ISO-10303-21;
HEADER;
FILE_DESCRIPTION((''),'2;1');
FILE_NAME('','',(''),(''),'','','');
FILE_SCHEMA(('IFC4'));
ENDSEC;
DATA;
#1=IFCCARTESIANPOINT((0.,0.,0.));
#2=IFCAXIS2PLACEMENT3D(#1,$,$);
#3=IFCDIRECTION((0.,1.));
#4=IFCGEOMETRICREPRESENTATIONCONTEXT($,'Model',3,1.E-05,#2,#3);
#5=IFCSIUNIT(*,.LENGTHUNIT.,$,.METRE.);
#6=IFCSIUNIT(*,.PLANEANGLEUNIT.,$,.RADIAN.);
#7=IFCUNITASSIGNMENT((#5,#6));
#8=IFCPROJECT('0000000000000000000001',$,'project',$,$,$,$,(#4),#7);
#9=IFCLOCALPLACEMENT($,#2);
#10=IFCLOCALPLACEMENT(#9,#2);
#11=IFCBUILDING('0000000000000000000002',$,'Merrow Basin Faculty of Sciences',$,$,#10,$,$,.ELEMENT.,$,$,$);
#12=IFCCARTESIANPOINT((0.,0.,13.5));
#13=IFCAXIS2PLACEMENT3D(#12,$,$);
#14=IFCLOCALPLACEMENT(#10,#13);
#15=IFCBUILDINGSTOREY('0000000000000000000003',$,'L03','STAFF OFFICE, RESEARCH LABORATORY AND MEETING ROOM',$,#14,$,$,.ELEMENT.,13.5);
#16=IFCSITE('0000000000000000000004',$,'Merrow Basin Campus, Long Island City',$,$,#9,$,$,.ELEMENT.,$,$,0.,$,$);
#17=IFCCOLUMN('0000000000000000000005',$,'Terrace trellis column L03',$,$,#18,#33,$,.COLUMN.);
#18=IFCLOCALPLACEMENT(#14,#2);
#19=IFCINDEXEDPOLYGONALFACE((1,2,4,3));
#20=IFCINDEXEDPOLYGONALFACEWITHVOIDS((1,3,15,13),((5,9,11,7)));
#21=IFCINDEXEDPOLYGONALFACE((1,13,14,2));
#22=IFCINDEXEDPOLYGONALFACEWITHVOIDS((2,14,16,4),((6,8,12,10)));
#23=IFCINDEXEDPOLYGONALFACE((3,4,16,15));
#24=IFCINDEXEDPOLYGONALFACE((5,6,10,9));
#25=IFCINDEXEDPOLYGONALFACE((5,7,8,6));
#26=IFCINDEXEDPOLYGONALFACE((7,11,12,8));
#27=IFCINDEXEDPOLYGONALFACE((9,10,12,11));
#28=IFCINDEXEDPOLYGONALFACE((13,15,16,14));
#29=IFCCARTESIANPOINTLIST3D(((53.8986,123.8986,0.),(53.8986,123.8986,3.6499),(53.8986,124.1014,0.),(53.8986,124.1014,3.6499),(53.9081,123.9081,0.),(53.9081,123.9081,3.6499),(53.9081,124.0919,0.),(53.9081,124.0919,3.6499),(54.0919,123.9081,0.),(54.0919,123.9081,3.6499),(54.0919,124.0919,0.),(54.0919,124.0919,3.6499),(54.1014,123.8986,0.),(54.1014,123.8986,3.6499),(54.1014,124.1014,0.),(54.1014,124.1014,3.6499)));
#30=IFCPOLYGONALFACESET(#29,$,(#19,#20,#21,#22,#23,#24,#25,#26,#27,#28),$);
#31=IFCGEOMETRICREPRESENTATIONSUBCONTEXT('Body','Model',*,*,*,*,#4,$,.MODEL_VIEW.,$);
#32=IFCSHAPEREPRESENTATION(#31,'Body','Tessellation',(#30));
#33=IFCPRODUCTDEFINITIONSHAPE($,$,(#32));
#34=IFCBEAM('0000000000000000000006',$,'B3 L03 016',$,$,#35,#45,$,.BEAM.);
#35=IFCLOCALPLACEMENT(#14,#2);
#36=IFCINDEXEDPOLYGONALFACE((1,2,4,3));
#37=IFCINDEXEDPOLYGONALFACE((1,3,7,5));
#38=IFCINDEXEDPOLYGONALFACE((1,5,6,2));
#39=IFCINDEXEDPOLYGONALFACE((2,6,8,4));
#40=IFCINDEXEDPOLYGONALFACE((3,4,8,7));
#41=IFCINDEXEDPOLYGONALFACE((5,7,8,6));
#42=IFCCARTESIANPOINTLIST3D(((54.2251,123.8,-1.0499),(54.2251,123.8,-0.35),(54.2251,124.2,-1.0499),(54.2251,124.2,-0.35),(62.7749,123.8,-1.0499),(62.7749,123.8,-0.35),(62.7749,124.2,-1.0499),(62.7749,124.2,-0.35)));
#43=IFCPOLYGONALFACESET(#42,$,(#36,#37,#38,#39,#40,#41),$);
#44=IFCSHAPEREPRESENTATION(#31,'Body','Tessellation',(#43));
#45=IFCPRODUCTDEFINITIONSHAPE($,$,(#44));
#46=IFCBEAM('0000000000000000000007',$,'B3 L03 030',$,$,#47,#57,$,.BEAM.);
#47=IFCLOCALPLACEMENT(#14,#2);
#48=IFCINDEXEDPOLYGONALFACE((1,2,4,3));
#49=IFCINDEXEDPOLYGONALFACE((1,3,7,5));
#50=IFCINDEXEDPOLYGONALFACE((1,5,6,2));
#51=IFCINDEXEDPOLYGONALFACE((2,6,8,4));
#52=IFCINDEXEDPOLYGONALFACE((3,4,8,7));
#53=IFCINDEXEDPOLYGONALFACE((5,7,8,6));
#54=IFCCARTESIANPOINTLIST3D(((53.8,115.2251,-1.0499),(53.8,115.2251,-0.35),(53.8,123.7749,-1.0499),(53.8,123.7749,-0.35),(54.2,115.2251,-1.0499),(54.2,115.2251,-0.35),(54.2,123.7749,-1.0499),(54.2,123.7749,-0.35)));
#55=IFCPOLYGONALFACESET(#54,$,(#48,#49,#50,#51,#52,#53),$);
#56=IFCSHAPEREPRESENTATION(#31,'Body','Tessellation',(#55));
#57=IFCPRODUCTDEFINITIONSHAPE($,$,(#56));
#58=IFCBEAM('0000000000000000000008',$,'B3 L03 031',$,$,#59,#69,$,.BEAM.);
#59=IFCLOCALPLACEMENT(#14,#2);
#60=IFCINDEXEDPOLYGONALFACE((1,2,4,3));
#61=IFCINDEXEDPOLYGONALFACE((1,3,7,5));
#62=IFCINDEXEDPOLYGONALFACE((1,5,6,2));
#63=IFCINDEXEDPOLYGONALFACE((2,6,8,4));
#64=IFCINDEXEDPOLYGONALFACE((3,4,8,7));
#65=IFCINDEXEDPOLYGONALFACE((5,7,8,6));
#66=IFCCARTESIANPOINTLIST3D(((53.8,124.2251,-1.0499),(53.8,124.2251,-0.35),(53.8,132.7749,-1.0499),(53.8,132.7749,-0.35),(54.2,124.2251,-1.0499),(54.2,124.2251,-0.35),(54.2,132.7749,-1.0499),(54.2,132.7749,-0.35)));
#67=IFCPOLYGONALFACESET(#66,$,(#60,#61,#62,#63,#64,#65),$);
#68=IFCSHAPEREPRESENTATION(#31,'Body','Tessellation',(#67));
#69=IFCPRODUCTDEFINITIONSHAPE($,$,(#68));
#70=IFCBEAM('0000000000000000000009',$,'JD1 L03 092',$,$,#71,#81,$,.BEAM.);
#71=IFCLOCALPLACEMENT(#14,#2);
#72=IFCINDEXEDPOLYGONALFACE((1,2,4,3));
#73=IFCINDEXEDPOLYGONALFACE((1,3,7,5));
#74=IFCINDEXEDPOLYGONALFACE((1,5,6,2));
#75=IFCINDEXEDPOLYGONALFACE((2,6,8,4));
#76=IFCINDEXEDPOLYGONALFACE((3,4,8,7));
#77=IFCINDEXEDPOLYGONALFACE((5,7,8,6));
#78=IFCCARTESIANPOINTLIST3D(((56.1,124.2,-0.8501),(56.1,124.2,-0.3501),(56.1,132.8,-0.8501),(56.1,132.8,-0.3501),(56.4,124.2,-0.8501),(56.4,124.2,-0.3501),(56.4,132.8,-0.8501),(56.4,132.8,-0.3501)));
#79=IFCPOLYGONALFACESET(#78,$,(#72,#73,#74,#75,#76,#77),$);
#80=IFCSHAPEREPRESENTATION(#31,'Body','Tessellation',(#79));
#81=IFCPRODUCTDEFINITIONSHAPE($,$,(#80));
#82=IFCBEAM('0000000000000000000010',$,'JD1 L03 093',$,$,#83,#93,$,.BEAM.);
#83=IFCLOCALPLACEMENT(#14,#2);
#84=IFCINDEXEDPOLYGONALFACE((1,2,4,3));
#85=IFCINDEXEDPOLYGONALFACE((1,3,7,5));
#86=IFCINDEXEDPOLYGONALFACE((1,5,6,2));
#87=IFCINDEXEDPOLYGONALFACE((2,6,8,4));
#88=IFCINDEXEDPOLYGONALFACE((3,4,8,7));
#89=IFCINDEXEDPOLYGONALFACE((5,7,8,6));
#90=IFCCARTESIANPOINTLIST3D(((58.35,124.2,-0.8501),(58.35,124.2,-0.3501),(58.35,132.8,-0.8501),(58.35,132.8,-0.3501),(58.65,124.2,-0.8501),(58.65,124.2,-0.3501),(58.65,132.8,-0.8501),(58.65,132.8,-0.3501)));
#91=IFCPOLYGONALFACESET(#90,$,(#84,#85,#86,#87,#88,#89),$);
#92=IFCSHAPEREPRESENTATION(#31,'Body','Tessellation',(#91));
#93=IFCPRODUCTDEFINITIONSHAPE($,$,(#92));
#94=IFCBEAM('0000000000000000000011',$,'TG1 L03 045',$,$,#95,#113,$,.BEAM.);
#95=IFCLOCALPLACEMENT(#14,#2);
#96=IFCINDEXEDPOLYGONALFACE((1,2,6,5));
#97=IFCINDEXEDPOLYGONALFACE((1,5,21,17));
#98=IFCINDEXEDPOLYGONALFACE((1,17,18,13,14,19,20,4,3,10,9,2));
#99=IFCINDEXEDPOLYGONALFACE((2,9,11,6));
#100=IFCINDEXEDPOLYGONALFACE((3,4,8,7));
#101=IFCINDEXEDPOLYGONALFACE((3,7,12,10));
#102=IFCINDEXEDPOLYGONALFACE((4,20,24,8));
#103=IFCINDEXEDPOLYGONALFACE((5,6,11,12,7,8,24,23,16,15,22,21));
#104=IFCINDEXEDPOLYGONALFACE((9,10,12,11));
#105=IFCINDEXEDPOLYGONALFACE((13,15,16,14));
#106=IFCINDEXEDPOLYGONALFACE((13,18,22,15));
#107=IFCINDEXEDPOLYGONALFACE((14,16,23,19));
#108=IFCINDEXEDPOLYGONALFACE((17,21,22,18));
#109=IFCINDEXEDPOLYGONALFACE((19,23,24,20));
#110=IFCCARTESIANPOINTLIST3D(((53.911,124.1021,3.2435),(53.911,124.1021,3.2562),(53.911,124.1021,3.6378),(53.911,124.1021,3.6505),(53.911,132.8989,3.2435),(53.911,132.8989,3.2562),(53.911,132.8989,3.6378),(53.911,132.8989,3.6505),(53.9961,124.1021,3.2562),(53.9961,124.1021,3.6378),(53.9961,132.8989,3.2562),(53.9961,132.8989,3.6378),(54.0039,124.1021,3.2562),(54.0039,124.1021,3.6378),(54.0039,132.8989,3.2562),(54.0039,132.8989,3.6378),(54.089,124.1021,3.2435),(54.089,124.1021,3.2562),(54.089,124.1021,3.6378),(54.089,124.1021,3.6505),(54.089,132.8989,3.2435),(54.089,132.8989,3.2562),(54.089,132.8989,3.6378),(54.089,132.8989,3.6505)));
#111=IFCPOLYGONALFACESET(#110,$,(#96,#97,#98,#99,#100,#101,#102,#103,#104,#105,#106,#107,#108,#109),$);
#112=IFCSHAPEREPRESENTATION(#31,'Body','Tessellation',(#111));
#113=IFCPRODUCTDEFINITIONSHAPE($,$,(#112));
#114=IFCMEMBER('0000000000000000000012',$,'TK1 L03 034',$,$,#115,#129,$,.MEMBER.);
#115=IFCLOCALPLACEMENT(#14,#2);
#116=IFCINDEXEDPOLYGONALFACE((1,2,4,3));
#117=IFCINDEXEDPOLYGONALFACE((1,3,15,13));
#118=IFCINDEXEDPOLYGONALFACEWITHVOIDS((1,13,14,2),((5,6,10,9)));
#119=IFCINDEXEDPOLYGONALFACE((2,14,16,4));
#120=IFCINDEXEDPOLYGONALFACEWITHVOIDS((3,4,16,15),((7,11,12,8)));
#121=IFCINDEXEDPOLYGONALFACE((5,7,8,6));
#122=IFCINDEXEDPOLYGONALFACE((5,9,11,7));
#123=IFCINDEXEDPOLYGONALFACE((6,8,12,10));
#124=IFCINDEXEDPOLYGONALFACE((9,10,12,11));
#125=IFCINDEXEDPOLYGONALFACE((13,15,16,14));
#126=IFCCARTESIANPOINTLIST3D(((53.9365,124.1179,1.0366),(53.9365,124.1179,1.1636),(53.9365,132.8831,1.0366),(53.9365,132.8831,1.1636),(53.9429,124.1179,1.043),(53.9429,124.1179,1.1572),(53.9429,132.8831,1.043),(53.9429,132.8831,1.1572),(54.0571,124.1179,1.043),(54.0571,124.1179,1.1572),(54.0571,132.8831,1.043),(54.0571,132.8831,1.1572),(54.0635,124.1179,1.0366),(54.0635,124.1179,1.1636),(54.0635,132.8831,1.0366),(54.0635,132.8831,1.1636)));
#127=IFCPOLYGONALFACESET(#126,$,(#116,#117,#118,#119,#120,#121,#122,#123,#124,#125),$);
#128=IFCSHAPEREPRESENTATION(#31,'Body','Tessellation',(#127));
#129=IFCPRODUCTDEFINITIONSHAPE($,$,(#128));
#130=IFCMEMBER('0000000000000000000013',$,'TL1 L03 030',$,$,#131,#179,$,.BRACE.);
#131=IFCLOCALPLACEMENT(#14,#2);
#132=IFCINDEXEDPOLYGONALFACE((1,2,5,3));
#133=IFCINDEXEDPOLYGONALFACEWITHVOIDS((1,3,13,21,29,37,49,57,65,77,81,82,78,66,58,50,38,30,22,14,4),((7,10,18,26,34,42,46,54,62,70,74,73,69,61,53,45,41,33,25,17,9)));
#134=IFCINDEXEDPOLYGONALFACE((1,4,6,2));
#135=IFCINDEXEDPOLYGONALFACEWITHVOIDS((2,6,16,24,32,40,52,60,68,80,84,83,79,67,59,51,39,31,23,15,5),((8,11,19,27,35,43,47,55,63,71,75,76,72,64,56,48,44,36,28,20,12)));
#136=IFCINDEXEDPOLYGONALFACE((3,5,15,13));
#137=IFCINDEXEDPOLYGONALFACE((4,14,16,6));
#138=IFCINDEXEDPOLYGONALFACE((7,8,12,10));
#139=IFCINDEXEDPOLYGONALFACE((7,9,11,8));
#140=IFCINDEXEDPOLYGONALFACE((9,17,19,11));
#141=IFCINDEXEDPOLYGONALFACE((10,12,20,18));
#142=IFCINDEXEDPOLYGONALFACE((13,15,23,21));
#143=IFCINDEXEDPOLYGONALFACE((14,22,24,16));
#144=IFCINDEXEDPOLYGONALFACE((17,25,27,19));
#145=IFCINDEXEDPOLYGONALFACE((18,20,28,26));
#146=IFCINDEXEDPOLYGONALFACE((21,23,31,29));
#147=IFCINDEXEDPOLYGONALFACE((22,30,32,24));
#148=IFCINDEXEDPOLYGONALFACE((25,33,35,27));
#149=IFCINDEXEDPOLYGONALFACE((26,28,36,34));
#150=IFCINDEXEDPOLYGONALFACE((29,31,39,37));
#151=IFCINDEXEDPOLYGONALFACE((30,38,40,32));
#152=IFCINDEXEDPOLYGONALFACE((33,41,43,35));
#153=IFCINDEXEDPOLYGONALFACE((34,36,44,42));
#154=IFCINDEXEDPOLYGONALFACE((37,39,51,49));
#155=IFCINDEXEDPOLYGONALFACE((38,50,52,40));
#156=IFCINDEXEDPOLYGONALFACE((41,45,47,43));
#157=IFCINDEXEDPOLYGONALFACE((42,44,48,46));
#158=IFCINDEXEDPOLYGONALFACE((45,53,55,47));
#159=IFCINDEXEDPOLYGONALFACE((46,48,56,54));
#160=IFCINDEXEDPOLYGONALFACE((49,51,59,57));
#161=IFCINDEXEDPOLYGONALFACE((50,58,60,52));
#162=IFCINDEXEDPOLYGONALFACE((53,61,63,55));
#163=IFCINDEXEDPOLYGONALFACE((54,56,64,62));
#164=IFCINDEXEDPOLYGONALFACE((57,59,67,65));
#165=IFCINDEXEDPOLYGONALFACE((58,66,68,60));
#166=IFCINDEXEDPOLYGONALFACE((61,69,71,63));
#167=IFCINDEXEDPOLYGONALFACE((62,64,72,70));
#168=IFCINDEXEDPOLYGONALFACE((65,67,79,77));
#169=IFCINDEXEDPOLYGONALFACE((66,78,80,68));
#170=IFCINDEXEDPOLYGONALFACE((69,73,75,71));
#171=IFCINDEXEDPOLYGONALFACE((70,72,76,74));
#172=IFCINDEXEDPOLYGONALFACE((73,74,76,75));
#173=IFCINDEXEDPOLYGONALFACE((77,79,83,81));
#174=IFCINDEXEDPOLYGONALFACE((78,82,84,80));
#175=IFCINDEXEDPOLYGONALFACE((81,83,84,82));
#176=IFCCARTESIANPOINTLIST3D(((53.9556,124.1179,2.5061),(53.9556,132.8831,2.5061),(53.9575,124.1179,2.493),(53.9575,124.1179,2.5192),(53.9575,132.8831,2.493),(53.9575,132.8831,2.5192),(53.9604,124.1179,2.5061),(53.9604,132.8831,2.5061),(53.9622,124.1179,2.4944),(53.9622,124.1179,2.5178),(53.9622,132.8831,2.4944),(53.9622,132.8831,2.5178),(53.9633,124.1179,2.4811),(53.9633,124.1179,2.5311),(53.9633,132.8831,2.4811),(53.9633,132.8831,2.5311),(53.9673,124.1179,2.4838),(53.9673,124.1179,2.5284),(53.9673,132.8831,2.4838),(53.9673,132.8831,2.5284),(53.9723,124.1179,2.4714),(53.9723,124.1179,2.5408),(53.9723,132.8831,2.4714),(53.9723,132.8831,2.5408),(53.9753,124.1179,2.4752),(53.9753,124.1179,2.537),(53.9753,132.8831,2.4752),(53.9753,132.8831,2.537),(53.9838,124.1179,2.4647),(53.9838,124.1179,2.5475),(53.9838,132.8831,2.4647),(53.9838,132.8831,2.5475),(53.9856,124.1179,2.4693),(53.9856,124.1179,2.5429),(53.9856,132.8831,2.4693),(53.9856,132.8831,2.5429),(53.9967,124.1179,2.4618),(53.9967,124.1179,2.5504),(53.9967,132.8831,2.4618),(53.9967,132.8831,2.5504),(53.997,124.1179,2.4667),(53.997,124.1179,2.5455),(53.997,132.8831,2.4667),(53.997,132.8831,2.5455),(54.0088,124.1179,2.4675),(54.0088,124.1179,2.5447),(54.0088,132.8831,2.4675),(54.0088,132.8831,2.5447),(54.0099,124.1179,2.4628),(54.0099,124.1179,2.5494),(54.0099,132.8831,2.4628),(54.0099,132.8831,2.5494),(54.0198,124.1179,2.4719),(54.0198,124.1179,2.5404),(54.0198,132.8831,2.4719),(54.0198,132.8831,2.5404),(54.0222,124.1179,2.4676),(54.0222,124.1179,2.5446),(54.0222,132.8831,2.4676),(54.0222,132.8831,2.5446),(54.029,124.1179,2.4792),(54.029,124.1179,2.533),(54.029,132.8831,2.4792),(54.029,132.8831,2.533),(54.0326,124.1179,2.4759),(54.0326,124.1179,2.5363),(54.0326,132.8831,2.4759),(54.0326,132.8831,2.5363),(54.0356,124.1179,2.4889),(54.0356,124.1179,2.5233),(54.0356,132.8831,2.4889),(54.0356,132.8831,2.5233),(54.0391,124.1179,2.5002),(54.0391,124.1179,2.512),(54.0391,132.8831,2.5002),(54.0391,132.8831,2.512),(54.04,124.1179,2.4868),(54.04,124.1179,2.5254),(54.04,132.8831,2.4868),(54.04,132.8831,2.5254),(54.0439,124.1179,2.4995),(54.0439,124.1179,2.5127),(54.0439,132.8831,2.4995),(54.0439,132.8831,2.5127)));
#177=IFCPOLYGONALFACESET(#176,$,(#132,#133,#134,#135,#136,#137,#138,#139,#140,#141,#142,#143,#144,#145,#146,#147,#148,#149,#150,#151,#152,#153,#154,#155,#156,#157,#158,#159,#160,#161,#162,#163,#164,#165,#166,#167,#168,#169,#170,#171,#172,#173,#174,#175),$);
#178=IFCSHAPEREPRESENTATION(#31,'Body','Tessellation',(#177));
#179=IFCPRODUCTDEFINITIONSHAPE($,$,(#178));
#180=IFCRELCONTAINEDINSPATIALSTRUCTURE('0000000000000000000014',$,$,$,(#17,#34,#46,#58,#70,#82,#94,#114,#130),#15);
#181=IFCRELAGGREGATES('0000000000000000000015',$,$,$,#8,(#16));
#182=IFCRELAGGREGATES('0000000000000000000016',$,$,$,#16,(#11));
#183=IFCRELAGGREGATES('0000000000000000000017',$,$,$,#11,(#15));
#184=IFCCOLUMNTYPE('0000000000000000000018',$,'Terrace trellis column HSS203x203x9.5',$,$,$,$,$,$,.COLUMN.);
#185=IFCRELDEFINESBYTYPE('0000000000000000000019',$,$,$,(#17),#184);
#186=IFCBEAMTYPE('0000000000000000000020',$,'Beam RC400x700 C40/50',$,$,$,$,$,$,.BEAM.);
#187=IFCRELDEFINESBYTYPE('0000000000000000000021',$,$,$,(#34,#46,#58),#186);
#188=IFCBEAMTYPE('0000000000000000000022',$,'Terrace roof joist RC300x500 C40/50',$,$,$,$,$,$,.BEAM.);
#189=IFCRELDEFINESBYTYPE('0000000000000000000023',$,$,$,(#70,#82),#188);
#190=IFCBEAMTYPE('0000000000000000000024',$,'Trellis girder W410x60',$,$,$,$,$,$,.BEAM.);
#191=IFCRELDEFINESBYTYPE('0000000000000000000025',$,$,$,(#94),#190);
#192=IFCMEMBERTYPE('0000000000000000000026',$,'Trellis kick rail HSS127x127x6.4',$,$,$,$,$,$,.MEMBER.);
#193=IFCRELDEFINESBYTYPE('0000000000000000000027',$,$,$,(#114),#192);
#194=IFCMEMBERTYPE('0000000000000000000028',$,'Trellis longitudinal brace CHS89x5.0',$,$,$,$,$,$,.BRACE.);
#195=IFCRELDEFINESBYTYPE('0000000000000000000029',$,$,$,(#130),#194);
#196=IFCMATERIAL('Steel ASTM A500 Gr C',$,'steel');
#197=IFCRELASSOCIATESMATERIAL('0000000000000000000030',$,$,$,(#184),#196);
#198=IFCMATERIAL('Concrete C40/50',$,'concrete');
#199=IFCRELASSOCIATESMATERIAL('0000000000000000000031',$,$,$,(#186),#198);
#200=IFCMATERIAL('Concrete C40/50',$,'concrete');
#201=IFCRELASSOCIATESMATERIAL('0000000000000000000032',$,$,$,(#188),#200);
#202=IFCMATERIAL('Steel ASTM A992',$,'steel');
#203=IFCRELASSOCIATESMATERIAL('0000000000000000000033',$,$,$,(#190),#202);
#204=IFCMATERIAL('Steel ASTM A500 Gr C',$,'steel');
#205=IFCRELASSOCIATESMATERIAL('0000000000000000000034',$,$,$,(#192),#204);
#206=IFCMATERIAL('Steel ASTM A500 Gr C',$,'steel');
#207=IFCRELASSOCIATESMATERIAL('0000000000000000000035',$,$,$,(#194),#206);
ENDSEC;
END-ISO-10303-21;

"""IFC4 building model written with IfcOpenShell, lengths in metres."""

from ifc_helpers import new_model, si_unit, direction, frame, origin, origin_2d, place, context, subcontext, project, spatial, rectangle, hollow_rectangle, hollow_circle, i_section, extrude, material, material_profile, profile_set, type_object, element, save


model = new_model("IFC4")

# Units and contexts
model_context = context("Model", 3, precision=1e-05, world=origin(), true_north=direction((0.0, 1.0)))
body_context = subcontext(model_context, "Body", "Model", "MODEL_VIEW")
ifc_project = project(units=[si_unit("LENGTHUNIT", "METRE"), si_unit("PLANEANGLEUNIT", "RADIAN")], contexts=[model_context])

# Site, building, storey
site_placement = place(None, origin())
site = spatial("IfcSite", under=ifc_project, at=site_placement, Name="Merrow Basin Campus, Long Island City", CompositionType="ELEMENT", RefElevation=0.0)
building_placement = place(site_placement, origin())
building = spatial("IfcBuilding", under=site, at=building_placement, Name="Merrow Basin Faculty of Sciences", CompositionType="ELEMENT")
storey_placement = place(building_placement, frame((0.0, 0.0, 13.5)))
storey = spatial("IfcBuildingStorey", under=building, at=storey_placement, Name="L03", Description="STAFF OFFICE, RESEARCH LABORATORY AND MEETING ROOM", CompositionType="ELEMENT", Elevation=13.5)

# Column
ifc_material_1 = material(Name="Steel ASTM A500 Gr C", Category="steel")
ifc_material_profile_1 = material_profile(ifc_material_1, hollow_rectangle(XDim=0.2029, YDim=0.2029, WallThickness=0.0095, at=origin_2d()))
ifc_profile_set_1 = profile_set([ifc_material_profile_1], Name="Steel ASTM A500 Gr C")
column_type = type_object("IfcColumnType", Name="Terrace trellis column HSS203x203x9.5", PredefinedType="COLUMN", material=ifc_profile_set_1)
column_placement = place(storey_placement, frame((54.0, 124.0, 0.0), z_axis=(0.0, 0.0, 1.0), x_axis=(1.0, 0.0, 0.0)))
element("IfcColumn", 1, at=column_placement, inside=storey, type_object=column_type, Name="Terrace trellis column L03", PredefinedType="COLUMN", context=body_context, shape_type="SweptSolid", body=[
    extrude(hollow_rectangle(XDim=0.2029, YDim=0.2029, WallThickness=0.0095, at=origin_2d()), origin(), (0.0, 0.0, 1.0), 3.6499),
])

# Beams
ifc_material_2 = material(Name="Concrete C40/50", Category="concrete")
ifc_material_profile_2 = material_profile(ifc_material_2, rectangle(XDim=0.3999, YDim=0.7, at=origin_2d()))
ifc_profile_set_2 = profile_set([ifc_material_profile_2], Name="Concrete C40/50")
beam_type_1 = type_object("IfcBeamType", Name="Beam RC400x700 C40/50", PredefinedType="BEAM", material=ifc_profile_set_2)
for number, where, z_axis, x_axis, name in (
    (2, (54.2251, 124.0, -0.7), (1.0, 0.0, 0.0), (0.0, 1.0, 0.0), "B3 L03 016"),
    (3, (54.0, 115.2251, -0.7), (0.0, 1.0, 0.0), (-1.0, 0.0, 0.0), "B3 L03 030"),
    (4, (54.0, 124.2251, -0.7), (0.0, 1.0, 0.0), (-1.0, 0.0, 0.0), "B3 L03 031"),
):
    element("IfcBeam", number, at=place(storey_placement, frame(where, z_axis=z_axis, x_axis=x_axis)), inside=storey, type_object=beam_type_1, Name=name, PredefinedType="BEAM", context=body_context, shape_type="SweptSolid", body=[
        extrude(rectangle(XDim=0.3999, YDim=0.7, at=origin_2d()), origin(), (0.0, 0.0, 1.0), 8.5498),
    ])
ifc_material_3 = material(Name="Concrete C40/50", Category="concrete")
ifc_material_profile_3 = material_profile(ifc_material_3, rectangle(XDim=0.3, YDim=0.5, at=origin_2d()))
ifc_profile_set_3 = profile_set([ifc_material_profile_3], Name="Concrete C40/50")
beam_type_2 = type_object("IfcBeamType", Name="Terrace roof joist RC300x500 C40/50", PredefinedType="BEAM", material=ifc_profile_set_3)
for number, where, z_axis, x_axis, name in (
    (5, (56.25, 124.2, -0.6001), (0.0, 1.0, 0.0), (-1.0, 0.0, 0.0), "JD1 L03 092"),
    (6, (58.5, 124.2, -0.6001), (0.0, 1.0, 0.0), (-1.0, 0.0, 0.0), "JD1 L03 093"),
):
    element("IfcBeam", number, at=place(storey_placement, frame(where, z_axis=z_axis, x_axis=x_axis)), inside=storey, type_object=beam_type_2, Name=name, PredefinedType="BEAM", context=body_context, shape_type="SweptSolid", body=[
        extrude(rectangle(XDim=0.3, YDim=0.5, at=origin_2d()), origin(), (0.0, 0.0, 1.0), 8.6001),
    ])
ifc_material_4 = material(Name="Steel ASTM A992", Category="steel")
ifc_material_profile_4 = material_profile(ifc_material_4, i_section(OverallWidth=0.178, OverallDepth=0.407, WebThickness=0.0078, FlangeThickness=0.0127, at=origin_2d()))
ifc_profile_set_4 = profile_set([ifc_material_profile_4], Name="Steel ASTM A992")
beam_type_3 = type_object("IfcBeamType", Name="Trellis girder W410x60", PredefinedType="BEAM", material=ifc_profile_set_4)
beam_placement = place(storey_placement, frame((54.0, 124.1021, 3.447), z_axis=(0.0, 1.0, 0.0), x_axis=(-1.0, 0.0, 0.0)))
element("IfcBeam", 7, at=beam_placement, inside=storey, type_object=beam_type_3, Name="TG1 L03 045", PredefinedType="BEAM", context=body_context, shape_type="SweptSolid", body=[
    extrude(i_section(OverallWidth=0.178, OverallDepth=0.407, WebThickness=0.0078, FlangeThickness=0.0127, at=origin_2d()), origin(), (0.0, 0.0, 1.0), 8.7969),
])

# Members
ifc_material_5 = material(Name="Steel ASTM A500 Gr C", Category="steel")
ifc_material_profile_5 = material_profile(ifc_material_5, hollow_rectangle(XDim=0.127, YDim=0.127, WallThickness=0.0063, at=origin_2d()))
ifc_profile_set_5 = profile_set([ifc_material_profile_5], Name="Steel ASTM A500 Gr C")
member_type_1 = type_object("IfcMemberType", Name="Trellis kick rail HSS127x127x6.4", PredefinedType="MEMBER", material=ifc_profile_set_5)
member_1_placement = place(storey_placement, frame((54.0, 124.1179, 1.1001), z_axis=(0.0, 1.0, 0.0), x_axis=(-1.0, 0.0, 0.0)))
element("IfcMember", 8, at=member_1_placement, inside=storey, type_object=member_type_1, Name="TK1 L03 034", PredefinedType="MEMBER", context=body_context, shape_type="SweptSolid", body=[
    extrude(hollow_rectangle(XDim=0.127, YDim=0.127, WallThickness=0.0063, at=origin_2d()), origin(), (0.0, 0.0, 1.0), 8.7651),
])
ifc_material_6 = material(Name="Steel ASTM A500 Gr C", Category="steel")
ifc_material_profile_6 = material_profile(ifc_material_6, hollow_circle(Radius=0.0444, WallThickness=0.0049, at=origin_2d()))
ifc_profile_set_6 = profile_set([ifc_material_profile_6], Name="Steel ASTM A500 Gr C")
member_type_2 = type_object("IfcMemberType", Name="Trellis longitudinal brace CHS89x5.0", PredefinedType="BRACE", material=ifc_profile_set_6)
member_2_placement = place(storey_placement, frame((54.0, 124.1179, 2.5061), z_axis=(0.0, 1.0, 0.0), x_axis=(-1.0, 0.0, 0.0)))
element("IfcMember", 9, at=member_2_placement, inside=storey, type_object=member_type_2, Name="TL1 L03 030", PredefinedType="BRACE", context=body_context, shape_type="SweptSolid", body=[
    extrude(hollow_circle(Radius=0.0444, WallThickness=0.0049, at=origin_2d()), origin(), (0.0, 0.0, 1.0), 8.7651),
])

save(model, "model.ifc")
